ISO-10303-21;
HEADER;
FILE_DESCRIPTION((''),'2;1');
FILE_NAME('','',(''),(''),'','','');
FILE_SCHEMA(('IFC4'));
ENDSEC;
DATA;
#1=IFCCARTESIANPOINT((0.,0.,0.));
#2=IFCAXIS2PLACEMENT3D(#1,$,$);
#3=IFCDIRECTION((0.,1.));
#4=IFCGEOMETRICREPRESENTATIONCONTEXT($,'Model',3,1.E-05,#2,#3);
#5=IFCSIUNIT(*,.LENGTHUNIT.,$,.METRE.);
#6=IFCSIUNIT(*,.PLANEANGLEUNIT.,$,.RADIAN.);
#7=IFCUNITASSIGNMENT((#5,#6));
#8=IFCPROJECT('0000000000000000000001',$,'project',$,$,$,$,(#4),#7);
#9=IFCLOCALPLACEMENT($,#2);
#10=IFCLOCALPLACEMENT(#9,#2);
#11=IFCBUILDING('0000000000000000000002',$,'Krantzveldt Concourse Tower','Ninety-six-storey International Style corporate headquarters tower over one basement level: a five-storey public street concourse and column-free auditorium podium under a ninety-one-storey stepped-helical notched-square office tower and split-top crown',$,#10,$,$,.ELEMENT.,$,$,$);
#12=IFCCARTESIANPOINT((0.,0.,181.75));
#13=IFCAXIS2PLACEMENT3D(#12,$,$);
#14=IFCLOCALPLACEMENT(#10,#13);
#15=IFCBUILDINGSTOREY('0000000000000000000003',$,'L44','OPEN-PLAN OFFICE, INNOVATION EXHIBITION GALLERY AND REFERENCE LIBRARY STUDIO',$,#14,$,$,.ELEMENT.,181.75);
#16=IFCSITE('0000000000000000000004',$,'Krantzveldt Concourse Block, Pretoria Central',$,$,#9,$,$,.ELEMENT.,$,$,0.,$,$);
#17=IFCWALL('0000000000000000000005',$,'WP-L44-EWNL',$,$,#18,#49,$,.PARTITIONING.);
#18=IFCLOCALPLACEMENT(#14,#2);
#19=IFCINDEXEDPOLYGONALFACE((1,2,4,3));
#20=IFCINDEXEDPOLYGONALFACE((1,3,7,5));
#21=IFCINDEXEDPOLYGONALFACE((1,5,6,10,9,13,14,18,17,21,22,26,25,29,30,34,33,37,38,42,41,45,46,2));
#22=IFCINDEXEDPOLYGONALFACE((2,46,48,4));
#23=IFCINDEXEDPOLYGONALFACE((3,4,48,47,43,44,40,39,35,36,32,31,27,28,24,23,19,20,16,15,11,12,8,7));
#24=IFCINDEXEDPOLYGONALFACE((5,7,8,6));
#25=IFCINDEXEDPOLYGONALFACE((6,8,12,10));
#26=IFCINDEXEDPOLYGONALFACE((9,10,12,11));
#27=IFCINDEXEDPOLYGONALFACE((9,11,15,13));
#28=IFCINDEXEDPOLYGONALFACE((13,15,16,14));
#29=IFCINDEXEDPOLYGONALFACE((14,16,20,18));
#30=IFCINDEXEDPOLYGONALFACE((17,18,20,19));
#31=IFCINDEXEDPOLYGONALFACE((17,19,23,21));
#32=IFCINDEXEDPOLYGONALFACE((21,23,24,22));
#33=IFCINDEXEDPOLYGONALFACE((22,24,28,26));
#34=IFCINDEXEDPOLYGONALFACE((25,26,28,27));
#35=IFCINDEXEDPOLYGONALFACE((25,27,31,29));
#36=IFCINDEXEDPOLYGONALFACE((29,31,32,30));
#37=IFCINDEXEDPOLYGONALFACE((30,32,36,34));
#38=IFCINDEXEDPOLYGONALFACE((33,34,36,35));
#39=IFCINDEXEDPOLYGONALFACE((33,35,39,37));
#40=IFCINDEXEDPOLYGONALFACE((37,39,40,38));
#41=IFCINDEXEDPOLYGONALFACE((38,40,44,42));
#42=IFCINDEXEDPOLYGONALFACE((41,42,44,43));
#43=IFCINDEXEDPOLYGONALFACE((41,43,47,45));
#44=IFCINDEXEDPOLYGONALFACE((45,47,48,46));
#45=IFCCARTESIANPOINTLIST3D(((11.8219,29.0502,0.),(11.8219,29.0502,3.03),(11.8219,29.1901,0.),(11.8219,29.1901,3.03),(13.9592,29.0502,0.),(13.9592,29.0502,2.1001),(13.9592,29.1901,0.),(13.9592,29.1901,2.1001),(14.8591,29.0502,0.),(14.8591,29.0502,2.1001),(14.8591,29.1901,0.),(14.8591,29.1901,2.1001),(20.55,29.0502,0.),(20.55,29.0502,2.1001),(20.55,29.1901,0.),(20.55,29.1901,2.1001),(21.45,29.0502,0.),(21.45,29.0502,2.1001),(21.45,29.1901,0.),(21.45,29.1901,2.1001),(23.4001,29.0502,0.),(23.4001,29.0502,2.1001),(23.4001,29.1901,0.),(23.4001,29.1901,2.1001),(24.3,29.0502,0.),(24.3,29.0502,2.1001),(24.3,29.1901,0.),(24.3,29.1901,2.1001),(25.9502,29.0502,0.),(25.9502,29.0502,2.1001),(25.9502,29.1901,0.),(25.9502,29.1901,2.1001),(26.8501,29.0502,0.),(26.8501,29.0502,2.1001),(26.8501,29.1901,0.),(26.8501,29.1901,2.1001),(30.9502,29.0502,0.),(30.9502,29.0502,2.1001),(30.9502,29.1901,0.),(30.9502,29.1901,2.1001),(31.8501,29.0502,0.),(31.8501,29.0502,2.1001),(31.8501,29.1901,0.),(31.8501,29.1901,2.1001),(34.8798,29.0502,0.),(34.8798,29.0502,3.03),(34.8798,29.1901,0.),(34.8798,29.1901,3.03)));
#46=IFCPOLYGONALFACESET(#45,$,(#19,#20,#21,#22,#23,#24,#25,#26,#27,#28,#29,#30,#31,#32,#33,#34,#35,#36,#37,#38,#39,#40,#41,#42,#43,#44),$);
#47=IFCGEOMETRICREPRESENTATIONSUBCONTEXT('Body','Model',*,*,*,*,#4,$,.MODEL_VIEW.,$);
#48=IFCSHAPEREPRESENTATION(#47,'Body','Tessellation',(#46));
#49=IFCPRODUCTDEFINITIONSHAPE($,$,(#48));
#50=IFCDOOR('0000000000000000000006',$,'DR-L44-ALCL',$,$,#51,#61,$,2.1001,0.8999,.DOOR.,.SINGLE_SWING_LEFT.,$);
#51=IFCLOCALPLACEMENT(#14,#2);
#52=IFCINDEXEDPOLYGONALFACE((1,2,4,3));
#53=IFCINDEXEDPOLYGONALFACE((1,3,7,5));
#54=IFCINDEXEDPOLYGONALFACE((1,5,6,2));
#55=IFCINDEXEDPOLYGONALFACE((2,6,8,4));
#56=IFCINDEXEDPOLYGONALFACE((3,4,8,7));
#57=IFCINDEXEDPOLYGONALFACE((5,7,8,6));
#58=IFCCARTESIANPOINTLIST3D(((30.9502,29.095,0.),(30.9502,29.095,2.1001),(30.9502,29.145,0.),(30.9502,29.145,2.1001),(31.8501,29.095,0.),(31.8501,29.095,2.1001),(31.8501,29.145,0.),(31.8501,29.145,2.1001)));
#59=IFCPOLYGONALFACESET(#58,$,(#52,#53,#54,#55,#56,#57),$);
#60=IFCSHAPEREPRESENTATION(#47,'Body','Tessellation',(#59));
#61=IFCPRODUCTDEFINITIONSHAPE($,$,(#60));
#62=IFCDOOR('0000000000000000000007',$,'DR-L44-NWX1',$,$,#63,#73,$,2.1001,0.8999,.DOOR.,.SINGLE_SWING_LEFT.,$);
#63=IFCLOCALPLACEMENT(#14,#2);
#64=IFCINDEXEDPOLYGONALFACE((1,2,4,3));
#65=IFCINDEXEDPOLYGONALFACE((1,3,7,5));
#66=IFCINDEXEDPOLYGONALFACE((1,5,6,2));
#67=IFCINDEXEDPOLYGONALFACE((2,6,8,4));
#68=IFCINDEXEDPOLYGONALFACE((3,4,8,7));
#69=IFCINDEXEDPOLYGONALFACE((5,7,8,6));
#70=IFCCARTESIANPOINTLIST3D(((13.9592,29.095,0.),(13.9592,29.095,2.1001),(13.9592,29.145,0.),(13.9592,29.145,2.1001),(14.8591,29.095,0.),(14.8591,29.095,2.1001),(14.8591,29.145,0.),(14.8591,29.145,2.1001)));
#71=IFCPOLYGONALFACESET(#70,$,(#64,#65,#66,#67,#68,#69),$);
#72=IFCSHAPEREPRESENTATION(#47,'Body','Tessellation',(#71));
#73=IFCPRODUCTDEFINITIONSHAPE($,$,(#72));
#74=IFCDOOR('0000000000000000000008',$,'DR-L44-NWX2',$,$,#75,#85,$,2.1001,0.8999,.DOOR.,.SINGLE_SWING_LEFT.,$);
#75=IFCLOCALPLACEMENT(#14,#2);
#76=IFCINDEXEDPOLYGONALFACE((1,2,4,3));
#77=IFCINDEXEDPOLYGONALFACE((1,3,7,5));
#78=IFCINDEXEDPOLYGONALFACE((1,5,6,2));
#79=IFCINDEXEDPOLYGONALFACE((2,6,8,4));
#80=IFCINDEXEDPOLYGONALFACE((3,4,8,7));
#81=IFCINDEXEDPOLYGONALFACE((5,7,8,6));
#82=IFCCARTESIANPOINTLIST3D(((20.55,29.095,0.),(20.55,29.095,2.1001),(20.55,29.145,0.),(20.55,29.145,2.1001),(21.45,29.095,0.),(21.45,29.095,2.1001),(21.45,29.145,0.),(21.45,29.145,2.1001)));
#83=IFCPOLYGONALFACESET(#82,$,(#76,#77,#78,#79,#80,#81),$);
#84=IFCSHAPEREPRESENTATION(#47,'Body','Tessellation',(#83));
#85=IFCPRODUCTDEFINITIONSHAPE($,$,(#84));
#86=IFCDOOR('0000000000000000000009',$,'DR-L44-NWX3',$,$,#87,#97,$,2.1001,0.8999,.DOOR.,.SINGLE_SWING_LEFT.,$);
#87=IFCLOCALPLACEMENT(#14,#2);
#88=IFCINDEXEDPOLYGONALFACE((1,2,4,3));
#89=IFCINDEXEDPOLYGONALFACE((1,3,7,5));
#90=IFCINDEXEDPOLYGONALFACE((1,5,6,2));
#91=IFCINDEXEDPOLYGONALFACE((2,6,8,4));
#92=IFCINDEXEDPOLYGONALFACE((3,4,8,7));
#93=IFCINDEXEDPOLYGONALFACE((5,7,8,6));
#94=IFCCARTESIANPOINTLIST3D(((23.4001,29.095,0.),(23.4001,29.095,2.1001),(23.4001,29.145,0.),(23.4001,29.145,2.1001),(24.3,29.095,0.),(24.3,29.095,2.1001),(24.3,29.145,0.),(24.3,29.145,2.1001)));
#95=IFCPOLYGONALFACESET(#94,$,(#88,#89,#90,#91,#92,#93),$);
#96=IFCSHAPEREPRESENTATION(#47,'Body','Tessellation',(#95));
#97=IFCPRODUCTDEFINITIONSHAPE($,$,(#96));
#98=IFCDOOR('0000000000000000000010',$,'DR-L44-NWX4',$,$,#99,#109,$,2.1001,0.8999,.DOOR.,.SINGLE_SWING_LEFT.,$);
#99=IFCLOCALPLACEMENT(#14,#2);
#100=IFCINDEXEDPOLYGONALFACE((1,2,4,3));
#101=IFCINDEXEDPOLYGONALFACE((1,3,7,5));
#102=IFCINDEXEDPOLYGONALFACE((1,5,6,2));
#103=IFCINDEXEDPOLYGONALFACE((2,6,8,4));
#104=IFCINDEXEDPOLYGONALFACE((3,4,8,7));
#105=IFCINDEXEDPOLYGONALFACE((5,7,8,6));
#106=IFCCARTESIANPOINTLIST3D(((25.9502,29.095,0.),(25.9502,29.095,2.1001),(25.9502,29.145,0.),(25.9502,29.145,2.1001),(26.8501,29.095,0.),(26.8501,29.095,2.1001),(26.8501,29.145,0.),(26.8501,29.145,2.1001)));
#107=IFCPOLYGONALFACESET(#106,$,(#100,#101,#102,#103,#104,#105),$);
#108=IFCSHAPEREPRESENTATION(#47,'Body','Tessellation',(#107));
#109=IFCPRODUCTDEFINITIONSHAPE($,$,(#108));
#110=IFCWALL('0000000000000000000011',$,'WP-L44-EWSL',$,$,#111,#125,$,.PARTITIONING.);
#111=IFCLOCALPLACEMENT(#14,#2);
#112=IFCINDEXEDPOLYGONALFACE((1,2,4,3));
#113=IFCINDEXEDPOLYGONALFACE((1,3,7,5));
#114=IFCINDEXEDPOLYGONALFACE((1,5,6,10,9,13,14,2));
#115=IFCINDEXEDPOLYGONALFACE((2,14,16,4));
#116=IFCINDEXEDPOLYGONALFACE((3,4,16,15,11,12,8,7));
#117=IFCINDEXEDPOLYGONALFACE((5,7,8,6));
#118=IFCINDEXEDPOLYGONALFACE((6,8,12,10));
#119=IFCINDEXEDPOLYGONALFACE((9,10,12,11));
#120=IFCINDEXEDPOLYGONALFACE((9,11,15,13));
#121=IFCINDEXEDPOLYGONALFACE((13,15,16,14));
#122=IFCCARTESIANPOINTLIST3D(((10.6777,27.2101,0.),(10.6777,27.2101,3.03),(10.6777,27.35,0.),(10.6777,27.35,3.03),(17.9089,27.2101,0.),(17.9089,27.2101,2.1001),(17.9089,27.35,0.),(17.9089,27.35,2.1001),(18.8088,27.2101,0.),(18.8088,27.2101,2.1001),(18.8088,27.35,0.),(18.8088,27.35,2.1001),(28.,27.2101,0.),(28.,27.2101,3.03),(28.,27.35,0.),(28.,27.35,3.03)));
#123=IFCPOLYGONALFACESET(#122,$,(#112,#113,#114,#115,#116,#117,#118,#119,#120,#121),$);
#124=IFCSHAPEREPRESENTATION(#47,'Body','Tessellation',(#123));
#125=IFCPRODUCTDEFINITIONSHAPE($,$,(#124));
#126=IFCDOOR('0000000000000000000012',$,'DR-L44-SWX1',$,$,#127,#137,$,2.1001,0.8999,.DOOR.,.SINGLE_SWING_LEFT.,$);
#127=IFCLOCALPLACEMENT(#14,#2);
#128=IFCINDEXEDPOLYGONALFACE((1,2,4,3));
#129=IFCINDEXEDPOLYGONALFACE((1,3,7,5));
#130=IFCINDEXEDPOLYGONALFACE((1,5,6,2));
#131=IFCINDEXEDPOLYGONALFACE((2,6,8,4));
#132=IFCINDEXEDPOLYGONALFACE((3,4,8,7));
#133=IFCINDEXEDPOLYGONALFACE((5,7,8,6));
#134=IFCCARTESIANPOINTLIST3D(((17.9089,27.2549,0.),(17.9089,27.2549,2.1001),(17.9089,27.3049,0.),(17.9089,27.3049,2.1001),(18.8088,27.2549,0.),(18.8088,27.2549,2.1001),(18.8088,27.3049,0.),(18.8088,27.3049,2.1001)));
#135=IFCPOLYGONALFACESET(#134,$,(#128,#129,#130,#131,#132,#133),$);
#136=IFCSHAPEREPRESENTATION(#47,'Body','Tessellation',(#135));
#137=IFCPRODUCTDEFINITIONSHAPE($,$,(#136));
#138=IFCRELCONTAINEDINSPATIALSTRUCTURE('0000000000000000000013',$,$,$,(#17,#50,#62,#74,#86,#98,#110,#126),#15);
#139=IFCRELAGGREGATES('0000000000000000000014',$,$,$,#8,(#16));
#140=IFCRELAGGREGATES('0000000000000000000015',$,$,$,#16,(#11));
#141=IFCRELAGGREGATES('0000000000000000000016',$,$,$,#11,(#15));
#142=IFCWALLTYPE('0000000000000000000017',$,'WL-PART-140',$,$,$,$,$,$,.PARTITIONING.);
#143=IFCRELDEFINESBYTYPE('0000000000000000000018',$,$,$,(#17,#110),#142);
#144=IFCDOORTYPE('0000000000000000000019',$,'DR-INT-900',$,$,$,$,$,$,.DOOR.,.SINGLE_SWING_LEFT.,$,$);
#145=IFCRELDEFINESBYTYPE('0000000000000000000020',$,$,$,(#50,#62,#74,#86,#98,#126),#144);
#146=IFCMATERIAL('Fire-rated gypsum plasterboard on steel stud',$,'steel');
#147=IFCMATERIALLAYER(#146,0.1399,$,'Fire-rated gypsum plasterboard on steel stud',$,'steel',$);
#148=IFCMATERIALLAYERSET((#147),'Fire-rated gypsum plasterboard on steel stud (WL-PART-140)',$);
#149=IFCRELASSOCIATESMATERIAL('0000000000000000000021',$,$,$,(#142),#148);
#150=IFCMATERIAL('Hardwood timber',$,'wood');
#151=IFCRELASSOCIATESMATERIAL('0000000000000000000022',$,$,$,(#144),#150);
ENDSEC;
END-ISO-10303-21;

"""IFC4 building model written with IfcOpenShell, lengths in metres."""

from ifc_helpers import new_model, si_unit, direction, frame, frame_2d, origin, place, context, subcontext, project, spatial, rectangle, extrude, material, layer, layer_set, type_object, element, fill, save


model = new_model("IFC4")

# Units and contexts
model_context = context("Model", 3, precision=1e-05, world=origin(), true_north=direction((0.0, 1.0)))
body_context = subcontext(model_context, "Body", "Model", "MODEL_VIEW")
ifc_project = project(units=[si_unit("LENGTHUNIT", "METRE"), si_unit("PLANEANGLEUNIT", "RADIAN")], contexts=[model_context])

# Site, building, storey
site_placement = place(None, origin())
site = spatial("IfcSite", under=ifc_project, at=site_placement, Name="Krantzveldt Concourse Block, Pretoria Central", CompositionType="ELEMENT", RefElevation=0.0)
building_placement = place(site_placement, origin())
building = spatial("IfcBuilding", under=site, at=building_placement, Name="Krantzveldt Concourse Tower", Description="Ninety-six-storey International Style corporate headquarters tower over one basement level: a five-storey public street concourse and column-free auditorium podium under a ninety-one-storey stepped-helical notched-square office tower and split-top crown", CompositionType="ELEMENT")
storey_placement = place(building_placement, frame((0.0, 0.0, 181.75)))
storey = spatial("IfcBuildingStorey", under=building, at=storey_placement, Name="L44", Description="OPEN-PLAN OFFICE, INNOVATION EXHIBITION GALLERY AND REFERENCE LIBRARY STUDIO", CompositionType="ELEMENT", Elevation=181.75)

# Shared definitions
ifc_material_1 = material(Name="Fire-rated gypsum plasterboard on steel stud", Category="steel")

# Wall, openings, doors
ifc_layer_1 = layer(ifc_material_1, 0.1399, Name="Fire-rated gypsum plasterboard on steel stud", Category="steel")
ifc_layer_set_1 = layer_set([ifc_layer_1], Name="Fire-rated gypsum plasterboard on steel stud (WL-PART-140)")
wall_type_1 = type_object("IfcWallType", Name="WL-PART-140", PredefinedType="PARTITIONING", material=ifc_layer_set_1)
wall_1_placement = place(storey_placement, frame((11.822, 29.1201, 0.0), z_axis=(0.0, 0.0, 1.0), x_axis=(1.0, 0.0, 0.0)))
wall_1 = element("IfcWall", 1, at=wall_1_placement, inside=storey, type_object=wall_type_1, Name="WP-L44-EWNL", PredefinedType="PARTITIONING", context=body_context, shape_type="SweptSolid", body=[
    extrude(rectangle(XDim=23.0579, YDim=0.1399, at=frame_2d((11.5288, 0.0))), origin(), (0.0, 0.0, 1.0), 3.03),
])
opening_1_placement = place(wall_1_placement, frame((19.1282, 0.0, 0.0)))
opening_1 = element("IfcOpeningElement", 2, at=opening_1_placement, cuts=wall_1, PredefinedType="OPENING", context=body_context, shape_type="SweptSolid", body=[
    extrude(rectangle(XDim=0.8999, YDim=2.1001, at=frame_2d((0.45, 1.05))), frame((0.0, 0.0801, 0.0), z_axis=(0.0, -1.0, 0.0), x_axis=(1.0, 0.0, 0.0)), (0.0, 0.0, 1.0), 0.1599),
])
opening_2_placement = place(wall_1_placement, frame((2.1372, 0.0, 0.0)))
opening_2 = element("IfcOpeningElement", 3, at=opening_2_placement, cuts=wall_1, PredefinedType="OPENING", context=body_context, shape_type="SweptSolid", body=[
    extrude(rectangle(XDim=0.8999, YDim=2.1001, at=frame_2d((0.45, 1.05))), frame((0.0, 0.0801, 0.0), z_axis=(0.0, -1.0, 0.0), x_axis=(1.0, 0.0, 0.0)), (0.0, 0.0, 1.0), 0.1599),
])
opening_3_placement = place(wall_1_placement, frame((8.728, 0.0, 0.0)))
opening_3 = element("IfcOpeningElement", 4, at=opening_3_placement, cuts=wall_1, PredefinedType="OPENING", context=body_context, shape_type="SweptSolid", body=[
    extrude(rectangle(XDim=0.8999, YDim=2.1001, at=frame_2d((0.45, 1.05))), frame((0.0, 0.0801, 0.0), z_axis=(0.0, -1.0, 0.0), x_axis=(1.0, 0.0, 0.0)), (0.0, 0.0, 1.0), 0.1599),
])
opening_4_placement = place(wall_1_placement, frame((11.5781, 0.0, 0.0)))
opening_4 = element("IfcOpeningElement", 5, at=opening_4_placement, cuts=wall_1, PredefinedType="OPENING", context=body_context, shape_type="SweptSolid", body=[
    extrude(rectangle(XDim=0.8999, YDim=2.1001, at=frame_2d((0.45, 1.05))), frame((0.0, 0.0801, 0.0), z_axis=(0.0, -1.0, 0.0), x_axis=(1.0, 0.0, 0.0)), (0.0, 0.0, 1.0), 0.1599),
])
opening_5_placement = place(wall_1_placement, frame((14.1282, 0.0, 0.0)))
opening_5 = element("IfcOpeningElement", 6, at=opening_5_placement, cuts=wall_1, PredefinedType="OPENING", context=body_context, shape_type="SweptSolid", body=[
    extrude(rectangle(XDim=0.8999, YDim=2.1001, at=frame_2d((0.45, 1.05))), frame((0.0, 0.0801, 0.0), z_axis=(0.0, -1.0, 0.0), x_axis=(1.0, 0.0, 0.0)), (0.0, 0.0, 1.0), 0.1599),
])
ifc_material_2 = material(Name="Hardwood timber", Category="wood")
door_type = type_object("IfcDoorType", Name="DR-INT-900", OperationType="SINGLE_SWING_LEFT", PredefinedType="DOOR", material=ifc_material_2)
door_1_placement = place(opening_1_placement, origin())
door_1 = element("IfcDoor", 7, at=door_1_placement, inside=storey, type_object=door_type, Name="DR-L44-ALCL", OperationType="SINGLE_SWING_LEFT", OverallHeight=2.1001, OverallWidth=0.8999, PredefinedType="DOOR", context=body_context, shape_type="SweptSolid", body=[
    extrude(rectangle(XDim=0.8999, YDim=2.1001, at=frame_2d((0.45, 1.05))), frame((0.0, 0.0249, 0.0), z_axis=(0.0, -1.0, 0.0), x_axis=(1.0, 0.0, 0.0)), (0.0, 0.0, 1.0), 0.05),
])
fill(opening_1, door_1)
door_2_placement = place(opening_2_placement, origin())
door_2 = element("IfcDoor", 8, at=door_2_placement, inside=storey, type_object=door_type, Name="DR-L44-NWX1", OperationType="SINGLE_SWING_LEFT", OverallHeight=2.1001, OverallWidth=0.8999, PredefinedType="DOOR", context=body_context, shape_type="SweptSolid", body=[
    extrude(rectangle(XDim=0.8999, YDim=2.1001, at=frame_2d((0.45, 1.05))), frame((0.0, 0.0249, 0.0), z_axis=(0.0, -1.0, 0.0), x_axis=(1.0, 0.0, 0.0)), (0.0, 0.0, 1.0), 0.05),
])
fill(opening_2, door_2)
door_3_placement = place(opening_3_placement, origin())
door_3 = element("IfcDoor", 9, at=door_3_placement, inside=storey, type_object=door_type, Name="DR-L44-NWX2", OperationType="SINGLE_SWING_LEFT", OverallHeight=2.1001, OverallWidth=0.8999, PredefinedType="DOOR", context=body_context, shape_type="SweptSolid", body=[
    extrude(rectangle(XDim=0.8999, YDim=2.1001, at=frame_2d((0.45, 1.05))), frame((0.0, 0.0249, 0.0), z_axis=(0.0, -1.0, 0.0), x_axis=(1.0, 0.0, 0.0)), (0.0, 0.0, 1.0), 0.05),
])
fill(opening_3, door_3)
door_4_placement = place(opening_4_placement, origin())
door_4 = element("IfcDoor", 10, at=door_4_placement, inside=storey, type_object=door_type, Name="DR-L44-NWX3", OperationType="SINGLE_SWING_LEFT", OverallHeight=2.1001, OverallWidth=0.8999, PredefinedType="DOOR", context=body_context, shape_type="SweptSolid", body=[
    extrude(rectangle(XDim=0.8999, YDim=2.1001, at=frame_2d((0.45, 1.05))), frame((0.0, 0.0249, 0.0), z_axis=(0.0, -1.0, 0.0), x_axis=(1.0, 0.0, 0.0)), (0.0, 0.0, 1.0), 0.05),
])
fill(opening_4, door_4)
door_5_placement = place(opening_5_placement, origin())
door_5 = element("IfcDoor", 11, at=door_5_placement, inside=storey, type_object=door_type, Name="DR-L44-NWX4", OperationType="SINGLE_SWING_LEFT", OverallHeight=2.1001, OverallWidth=0.8999, PredefinedType="DOOR", context=body_context, shape_type="SweptSolid", body=[
    extrude(rectangle(XDim=0.8999, YDim=2.1001, at=frame_2d((0.45, 1.05))), frame((0.0, 0.0249, 0.0), z_axis=(0.0, -1.0, 0.0), x_axis=(1.0, 0.0, 0.0)), (0.0, 0.0, 1.0), 0.05),
])
fill(opening_5, door_5)

# Wall, opening, door
wall_2_placement = place(storey_placement, frame((10.6777, 27.28, 0.0), z_axis=(0.0, 0.0, 1.0), x_axis=(1.0, 0.0, 0.0)))
wall_2 = element("IfcWall", 12, at=wall_2_placement, inside=storey, type_object=wall_type_1, Name="WP-L44-EWSL", PredefinedType="PARTITIONING", context=body_context, shape_type="SweptSolid", body=[
    extrude(rectangle(XDim=17.3223, YDim=0.1399, at=frame_2d((8.6611, 0.0))), origin(), (0.0, 0.0, 1.0), 3.03),
])
opening_6_placement = place(wall_2_placement, frame((7.2312, 0.0, 0.0)))
opening_6 = element("IfcOpeningElement", 13, at=opening_6_placement, cuts=wall_2, PredefinedType="OPENING", context=body_context, shape_type="SweptSolid", body=[
    extrude(rectangle(XDim=0.8999, YDim=2.1001, at=frame_2d((0.45, 1.05))), frame((0.0, 0.0801, 0.0), z_axis=(0.0, -1.0, 0.0), x_axis=(1.0, 0.0, 0.0)), (0.0, 0.0, 1.0), 0.1599),
])
door_6_placement = place(opening_6_placement, origin())
door_6 = element("IfcDoor", 14, at=door_6_placement, inside=storey, type_object=door_type, Name="DR-L44-SWX1", OperationType="SINGLE_SWING_LEFT", OverallHeight=2.1001, OverallWidth=0.8999, PredefinedType="DOOR", context=body_context, shape_type="SweptSolid", body=[
    extrude(rectangle(XDim=0.8999, YDim=2.1001, at=frame_2d((0.45, 1.05))), frame((0.0, 0.0249, 0.0), z_axis=(0.0, -1.0, 0.0), x_axis=(1.0, 0.0, 0.0)), (0.0, 0.0, 1.0), 0.05),
])
fill(opening_6, door_6)

save(model, "model.ifc")
